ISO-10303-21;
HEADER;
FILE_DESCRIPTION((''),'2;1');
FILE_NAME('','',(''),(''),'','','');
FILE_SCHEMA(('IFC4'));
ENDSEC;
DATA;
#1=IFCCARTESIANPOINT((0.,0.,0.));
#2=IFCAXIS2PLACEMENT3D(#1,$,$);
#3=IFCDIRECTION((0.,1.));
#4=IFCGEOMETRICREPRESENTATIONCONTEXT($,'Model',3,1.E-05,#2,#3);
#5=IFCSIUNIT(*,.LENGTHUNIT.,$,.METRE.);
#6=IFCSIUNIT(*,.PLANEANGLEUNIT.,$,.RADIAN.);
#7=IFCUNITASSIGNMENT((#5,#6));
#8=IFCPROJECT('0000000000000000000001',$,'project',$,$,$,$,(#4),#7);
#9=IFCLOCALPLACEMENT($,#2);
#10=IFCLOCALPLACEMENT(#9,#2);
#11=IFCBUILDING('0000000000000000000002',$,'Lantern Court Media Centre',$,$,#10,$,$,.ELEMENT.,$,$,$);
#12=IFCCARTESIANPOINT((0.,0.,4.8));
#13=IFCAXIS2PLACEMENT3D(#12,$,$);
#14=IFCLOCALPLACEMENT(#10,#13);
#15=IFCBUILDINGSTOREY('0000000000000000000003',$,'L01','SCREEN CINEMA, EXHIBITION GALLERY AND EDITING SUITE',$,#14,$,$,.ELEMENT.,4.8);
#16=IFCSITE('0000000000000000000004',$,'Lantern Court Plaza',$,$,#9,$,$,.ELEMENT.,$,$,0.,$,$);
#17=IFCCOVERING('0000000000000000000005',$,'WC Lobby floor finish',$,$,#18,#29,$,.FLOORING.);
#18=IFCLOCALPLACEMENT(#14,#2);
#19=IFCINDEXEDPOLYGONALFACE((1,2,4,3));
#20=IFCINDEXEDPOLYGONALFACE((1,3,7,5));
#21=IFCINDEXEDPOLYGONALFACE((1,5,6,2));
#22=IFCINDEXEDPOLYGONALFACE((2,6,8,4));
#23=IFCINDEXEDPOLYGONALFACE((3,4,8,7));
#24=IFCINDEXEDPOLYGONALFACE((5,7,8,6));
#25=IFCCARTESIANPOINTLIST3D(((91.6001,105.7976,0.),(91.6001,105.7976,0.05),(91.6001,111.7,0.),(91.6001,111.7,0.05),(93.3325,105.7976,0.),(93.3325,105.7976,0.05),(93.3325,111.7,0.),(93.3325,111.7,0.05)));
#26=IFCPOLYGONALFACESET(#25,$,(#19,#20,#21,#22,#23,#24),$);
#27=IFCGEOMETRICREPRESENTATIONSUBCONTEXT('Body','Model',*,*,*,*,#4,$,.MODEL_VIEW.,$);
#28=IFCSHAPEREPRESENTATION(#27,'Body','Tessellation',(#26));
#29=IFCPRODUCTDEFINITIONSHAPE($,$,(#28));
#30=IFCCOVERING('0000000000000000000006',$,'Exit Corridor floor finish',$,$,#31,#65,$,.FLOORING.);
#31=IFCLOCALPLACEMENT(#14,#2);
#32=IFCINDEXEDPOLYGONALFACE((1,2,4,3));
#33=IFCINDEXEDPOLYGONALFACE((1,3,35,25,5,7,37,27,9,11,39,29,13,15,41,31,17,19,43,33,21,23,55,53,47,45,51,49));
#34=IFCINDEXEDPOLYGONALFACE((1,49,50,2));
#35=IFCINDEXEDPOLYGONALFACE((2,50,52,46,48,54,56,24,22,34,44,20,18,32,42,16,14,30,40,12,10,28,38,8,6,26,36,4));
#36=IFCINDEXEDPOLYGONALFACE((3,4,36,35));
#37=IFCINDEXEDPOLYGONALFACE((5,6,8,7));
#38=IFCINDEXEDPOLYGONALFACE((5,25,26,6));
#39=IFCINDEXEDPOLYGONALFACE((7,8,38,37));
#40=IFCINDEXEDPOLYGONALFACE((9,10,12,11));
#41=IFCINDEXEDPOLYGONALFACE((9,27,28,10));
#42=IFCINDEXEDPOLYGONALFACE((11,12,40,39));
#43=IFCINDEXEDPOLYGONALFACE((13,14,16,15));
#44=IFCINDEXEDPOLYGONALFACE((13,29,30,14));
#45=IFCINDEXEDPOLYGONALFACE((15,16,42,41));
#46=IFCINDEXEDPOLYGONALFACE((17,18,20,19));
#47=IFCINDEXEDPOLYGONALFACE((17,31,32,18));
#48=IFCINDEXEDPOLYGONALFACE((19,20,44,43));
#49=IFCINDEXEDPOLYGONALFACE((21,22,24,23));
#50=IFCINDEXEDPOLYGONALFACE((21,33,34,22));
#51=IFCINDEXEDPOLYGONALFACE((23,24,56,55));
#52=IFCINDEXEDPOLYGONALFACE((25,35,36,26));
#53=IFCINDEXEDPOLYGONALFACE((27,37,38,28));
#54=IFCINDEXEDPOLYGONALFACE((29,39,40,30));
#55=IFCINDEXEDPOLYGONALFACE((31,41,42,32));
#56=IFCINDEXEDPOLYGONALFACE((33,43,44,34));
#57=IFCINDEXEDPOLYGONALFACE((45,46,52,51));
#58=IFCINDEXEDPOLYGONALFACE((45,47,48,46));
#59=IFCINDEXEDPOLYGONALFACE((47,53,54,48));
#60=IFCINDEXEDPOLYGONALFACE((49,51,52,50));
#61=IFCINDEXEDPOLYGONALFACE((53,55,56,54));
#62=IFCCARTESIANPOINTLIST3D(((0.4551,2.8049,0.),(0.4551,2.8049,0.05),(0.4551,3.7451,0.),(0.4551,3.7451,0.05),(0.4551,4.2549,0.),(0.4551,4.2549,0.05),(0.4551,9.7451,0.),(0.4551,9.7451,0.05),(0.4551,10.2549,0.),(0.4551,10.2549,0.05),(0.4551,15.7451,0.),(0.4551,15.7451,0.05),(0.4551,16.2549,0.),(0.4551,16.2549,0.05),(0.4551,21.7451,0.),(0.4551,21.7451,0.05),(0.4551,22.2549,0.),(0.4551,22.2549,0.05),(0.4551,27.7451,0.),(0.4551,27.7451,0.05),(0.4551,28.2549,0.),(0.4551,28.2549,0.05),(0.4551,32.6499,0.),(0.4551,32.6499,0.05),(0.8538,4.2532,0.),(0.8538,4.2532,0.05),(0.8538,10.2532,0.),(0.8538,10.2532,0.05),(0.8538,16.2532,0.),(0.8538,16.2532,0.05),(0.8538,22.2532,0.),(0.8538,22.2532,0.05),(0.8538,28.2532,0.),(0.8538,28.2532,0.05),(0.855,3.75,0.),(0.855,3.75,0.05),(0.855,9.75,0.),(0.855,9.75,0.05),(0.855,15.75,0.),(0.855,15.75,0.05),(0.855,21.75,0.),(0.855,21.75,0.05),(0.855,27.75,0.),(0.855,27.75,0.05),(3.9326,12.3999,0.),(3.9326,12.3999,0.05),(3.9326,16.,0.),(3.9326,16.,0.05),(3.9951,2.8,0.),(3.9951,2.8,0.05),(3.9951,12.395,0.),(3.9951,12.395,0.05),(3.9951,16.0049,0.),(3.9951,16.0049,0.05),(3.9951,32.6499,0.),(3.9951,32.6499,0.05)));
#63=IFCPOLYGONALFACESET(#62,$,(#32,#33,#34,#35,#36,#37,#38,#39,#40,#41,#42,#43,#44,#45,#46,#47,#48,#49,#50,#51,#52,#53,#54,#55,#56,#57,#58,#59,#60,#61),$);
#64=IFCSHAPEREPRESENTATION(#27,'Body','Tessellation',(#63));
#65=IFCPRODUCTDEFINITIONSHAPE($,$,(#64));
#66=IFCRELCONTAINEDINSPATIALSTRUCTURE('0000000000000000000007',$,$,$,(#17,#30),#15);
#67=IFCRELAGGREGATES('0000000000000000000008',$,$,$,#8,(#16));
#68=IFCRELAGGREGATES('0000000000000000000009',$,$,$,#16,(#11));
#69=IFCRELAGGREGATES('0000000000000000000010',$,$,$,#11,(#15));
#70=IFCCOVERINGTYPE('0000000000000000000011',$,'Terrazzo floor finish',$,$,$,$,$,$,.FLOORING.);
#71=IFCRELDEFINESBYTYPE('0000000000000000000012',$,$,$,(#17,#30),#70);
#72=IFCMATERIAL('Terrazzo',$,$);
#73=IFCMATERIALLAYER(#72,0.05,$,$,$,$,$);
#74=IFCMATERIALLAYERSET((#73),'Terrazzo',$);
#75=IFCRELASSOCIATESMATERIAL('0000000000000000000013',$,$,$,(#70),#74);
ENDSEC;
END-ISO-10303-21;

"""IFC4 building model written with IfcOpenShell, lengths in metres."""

from ifc_helpers import new_model, si_unit, direction, frame, origin, place, context, subcontext, project, spatial, polyline, outline, extrude, material, layer, layer_set, type_object, element, save


model = new_model("IFC4")

# Units and contexts
model_context = context("Model", 3, precision=1e-05, world=origin(), true_north=direction((0.0, 1.0)))
body_context = subcontext(model_context, "Body", "Model", "MODEL_VIEW")
ifc_project = project(units=[si_unit("LENGTHUNIT", "METRE"), si_unit("PLANEANGLEUNIT", "RADIAN")], contexts=[model_context])

# Site, building, storey
site_placement = place(None, origin())
site = spatial("IfcSite", under=ifc_project, at=site_placement, Name="Lantern Court Plaza", CompositionType="ELEMENT", RefElevation=0.0)
building_placement = place(site_placement, origin())
building = spatial("IfcBuilding", under=site, at=building_placement, Name="Lantern Court Media Centre", CompositionType="ELEMENT")
storey_placement = place(building_placement, frame((0.0, 0.0, 4.8)))
storey = spatial("IfcBuildingStorey", under=building, at=storey_placement, Name="L01", Description="SCREEN CINEMA, EXHIBITION GALLERY AND EDITING SUITE", CompositionType="ELEMENT", Elevation=4.8)

# Coverings
ifc_material_1 = material(Name="Terrazzo")
ifc_layer_1 = layer(ifc_material_1, 0.05)
ifc_layer_set_1 = layer_set([ifc_layer_1], Name="Terrazzo")
covering_type_1 = type_object("IfcCoveringType", Name="Terrazzo floor finish", PredefinedType="FLOORING", material=ifc_layer_set_1)
covering_1_placement = place(storey_placement, origin())
element("IfcCovering", 1, at=covering_1_placement, inside=storey, type_object=covering_type_1, Name="WC Lobby floor finish", PredefinedType="FLOORING", context=body_context, shape_type="SweptSolid", body=[
    extrude(outline(polyline([(91.6001, 111.7), (93.3325, 111.7), (93.3325, 105.7976), (91.6001, 105.7976), (91.6001, 111.7)])), origin(), (0.0, 0.0, 1.0), 0.05),
])
covering_2_placement = place(storey_placement, origin())
element("IfcCovering", 2, at=covering_2_placement, inside=storey, type_object=covering_type_1, Name="Exit Corridor floor finish", PredefinedType="FLOORING", context=body_context, shape_type="SweptSolid", body=[
    extrude(outline(polyline([(3.9951, 32.6499), (3.9951, 16.0049), (3.9326, 16.0), (3.9326, 12.3999), (3.9951, 12.395), (3.9951, 2.8), (0.4551, 2.8049), (0.4551, 3.7451), (0.855, 3.75), (0.8538, 4.2532), (0.4551, 4.2549), (0.4551, 9.7451), (0.855, 9.75), (0.8538, 10.2532), (0.4551, 10.2549), (0.4551, 15.7451), (0.855, 15.75), (0.8538, 16.2532), (0.4551, 16.2549), (0.4551, 21.7451), (0.855, 21.75), (0.8538, 22.2532), (0.4551, 22.2549), (0.4551, 27.7451), (0.855, 27.75), (0.8538, 28.2532), (0.4551, 28.2549), (0.4551, 32.6499), (3.9951, 32.6499)])), origin(), (0.0, 0.0, 1.0), 0.05),
])

save(model, "model.ifc")
